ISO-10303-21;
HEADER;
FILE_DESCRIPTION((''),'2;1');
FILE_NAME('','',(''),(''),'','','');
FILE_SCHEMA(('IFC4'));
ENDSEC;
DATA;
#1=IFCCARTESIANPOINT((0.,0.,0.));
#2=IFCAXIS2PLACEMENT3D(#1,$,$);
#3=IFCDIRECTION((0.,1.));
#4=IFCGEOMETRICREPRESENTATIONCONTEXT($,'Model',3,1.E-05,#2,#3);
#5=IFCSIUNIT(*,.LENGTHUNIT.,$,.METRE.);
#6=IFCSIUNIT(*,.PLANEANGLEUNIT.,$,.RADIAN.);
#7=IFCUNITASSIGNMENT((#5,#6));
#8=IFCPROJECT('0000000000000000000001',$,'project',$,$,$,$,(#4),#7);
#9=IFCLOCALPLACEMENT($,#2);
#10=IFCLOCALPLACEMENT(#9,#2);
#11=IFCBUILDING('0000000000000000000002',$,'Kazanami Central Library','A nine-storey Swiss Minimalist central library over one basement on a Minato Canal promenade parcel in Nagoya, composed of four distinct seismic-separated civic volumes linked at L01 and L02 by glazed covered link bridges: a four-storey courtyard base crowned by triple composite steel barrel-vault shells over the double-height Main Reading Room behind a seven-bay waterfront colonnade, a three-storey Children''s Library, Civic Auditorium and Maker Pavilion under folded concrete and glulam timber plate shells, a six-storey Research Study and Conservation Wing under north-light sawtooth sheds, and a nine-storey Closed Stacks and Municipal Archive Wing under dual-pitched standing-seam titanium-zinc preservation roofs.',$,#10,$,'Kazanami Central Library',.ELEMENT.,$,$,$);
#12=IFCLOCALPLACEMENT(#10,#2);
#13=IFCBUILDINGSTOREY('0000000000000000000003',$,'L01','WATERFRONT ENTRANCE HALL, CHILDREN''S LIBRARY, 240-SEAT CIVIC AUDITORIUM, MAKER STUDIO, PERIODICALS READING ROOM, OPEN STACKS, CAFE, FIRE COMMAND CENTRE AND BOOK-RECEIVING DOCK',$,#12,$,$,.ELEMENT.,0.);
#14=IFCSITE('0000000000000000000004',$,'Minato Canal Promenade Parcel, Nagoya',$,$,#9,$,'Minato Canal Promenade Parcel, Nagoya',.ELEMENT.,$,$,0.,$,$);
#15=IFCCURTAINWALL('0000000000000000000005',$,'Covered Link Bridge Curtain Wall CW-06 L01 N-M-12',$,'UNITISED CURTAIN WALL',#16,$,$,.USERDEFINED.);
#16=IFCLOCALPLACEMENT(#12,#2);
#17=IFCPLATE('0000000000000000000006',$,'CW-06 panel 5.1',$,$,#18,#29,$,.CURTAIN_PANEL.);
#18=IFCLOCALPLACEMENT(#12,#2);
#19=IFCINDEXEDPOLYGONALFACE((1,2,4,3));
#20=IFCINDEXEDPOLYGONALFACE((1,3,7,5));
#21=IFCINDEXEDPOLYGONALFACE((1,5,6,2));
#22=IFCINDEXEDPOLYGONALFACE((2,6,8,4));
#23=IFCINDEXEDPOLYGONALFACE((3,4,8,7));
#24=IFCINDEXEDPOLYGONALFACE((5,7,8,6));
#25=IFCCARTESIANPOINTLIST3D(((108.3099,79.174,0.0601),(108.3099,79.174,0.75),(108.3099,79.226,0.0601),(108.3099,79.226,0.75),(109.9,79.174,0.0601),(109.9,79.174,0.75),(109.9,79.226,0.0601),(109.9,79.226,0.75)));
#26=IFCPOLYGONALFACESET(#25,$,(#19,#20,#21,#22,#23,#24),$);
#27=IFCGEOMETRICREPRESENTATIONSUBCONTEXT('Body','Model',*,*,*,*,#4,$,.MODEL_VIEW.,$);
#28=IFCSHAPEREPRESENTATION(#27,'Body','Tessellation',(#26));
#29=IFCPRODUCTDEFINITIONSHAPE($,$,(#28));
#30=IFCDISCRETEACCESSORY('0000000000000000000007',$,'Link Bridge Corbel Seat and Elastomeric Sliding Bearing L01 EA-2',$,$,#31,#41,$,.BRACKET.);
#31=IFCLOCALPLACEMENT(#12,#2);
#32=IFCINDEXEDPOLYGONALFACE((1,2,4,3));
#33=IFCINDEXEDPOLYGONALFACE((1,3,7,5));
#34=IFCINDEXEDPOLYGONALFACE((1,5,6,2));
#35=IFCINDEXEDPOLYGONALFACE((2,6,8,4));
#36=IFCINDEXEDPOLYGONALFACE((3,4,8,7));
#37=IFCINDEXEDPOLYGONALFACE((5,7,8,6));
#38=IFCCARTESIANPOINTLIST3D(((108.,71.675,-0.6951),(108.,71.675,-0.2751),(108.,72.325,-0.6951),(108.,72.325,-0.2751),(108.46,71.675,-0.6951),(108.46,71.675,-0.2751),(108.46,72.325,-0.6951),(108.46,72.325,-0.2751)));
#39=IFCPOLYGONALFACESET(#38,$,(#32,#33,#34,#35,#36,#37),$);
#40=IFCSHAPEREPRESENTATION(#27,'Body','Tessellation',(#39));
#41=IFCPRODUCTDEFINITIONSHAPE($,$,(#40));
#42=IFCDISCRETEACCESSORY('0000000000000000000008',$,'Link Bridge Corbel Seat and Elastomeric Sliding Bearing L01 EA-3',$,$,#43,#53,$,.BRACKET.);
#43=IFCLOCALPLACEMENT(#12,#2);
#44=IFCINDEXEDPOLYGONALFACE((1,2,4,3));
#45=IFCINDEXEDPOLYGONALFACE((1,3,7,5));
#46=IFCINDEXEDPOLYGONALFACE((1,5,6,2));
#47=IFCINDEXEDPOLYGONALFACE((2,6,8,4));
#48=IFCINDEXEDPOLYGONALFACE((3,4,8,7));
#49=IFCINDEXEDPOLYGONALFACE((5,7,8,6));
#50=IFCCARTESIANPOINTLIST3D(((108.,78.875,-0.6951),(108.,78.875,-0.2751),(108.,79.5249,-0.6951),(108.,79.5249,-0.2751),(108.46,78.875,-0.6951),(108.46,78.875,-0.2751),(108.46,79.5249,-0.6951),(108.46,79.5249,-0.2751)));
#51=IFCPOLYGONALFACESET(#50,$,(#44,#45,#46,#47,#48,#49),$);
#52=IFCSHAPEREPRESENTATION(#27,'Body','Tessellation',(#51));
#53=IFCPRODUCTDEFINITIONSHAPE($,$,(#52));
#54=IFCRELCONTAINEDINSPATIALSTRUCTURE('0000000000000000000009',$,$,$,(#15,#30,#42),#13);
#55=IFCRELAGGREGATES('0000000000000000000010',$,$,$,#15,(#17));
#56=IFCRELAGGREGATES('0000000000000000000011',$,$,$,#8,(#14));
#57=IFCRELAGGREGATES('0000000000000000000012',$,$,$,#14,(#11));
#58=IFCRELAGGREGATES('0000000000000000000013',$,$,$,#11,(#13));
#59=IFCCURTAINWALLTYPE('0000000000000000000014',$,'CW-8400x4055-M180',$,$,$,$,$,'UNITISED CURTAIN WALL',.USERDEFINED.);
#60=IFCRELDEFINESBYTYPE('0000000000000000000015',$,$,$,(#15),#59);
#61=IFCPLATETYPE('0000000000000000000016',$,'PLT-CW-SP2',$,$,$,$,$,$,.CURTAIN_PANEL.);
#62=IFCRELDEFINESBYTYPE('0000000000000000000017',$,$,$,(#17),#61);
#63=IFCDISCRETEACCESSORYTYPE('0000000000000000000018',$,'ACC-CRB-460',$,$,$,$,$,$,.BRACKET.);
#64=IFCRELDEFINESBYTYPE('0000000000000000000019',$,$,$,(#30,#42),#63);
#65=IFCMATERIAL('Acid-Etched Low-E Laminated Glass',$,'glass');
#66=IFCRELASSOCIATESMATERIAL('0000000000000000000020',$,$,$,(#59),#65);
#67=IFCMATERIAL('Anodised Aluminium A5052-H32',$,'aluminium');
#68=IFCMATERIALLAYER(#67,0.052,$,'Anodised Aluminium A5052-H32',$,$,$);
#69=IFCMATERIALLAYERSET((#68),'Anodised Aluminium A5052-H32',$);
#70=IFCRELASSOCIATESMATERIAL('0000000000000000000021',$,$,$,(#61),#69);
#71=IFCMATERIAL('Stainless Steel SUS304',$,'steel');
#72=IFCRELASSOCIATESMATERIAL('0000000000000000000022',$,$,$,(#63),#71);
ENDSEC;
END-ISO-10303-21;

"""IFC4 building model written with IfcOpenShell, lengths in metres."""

from ifc_helpers import new_model, si_unit, direction, frame, origin, origin_2d, place, context, subcontext, project, spatial, rectangle, extrude, material, layer, layer_set, type_object, element, aggregate, save


model = new_model("IFC4")

# Units and contexts
model_context = context("Model", 3, precision=1e-05, world=origin(), true_north=direction((0.0, 1.0)))
body_context = subcontext(model_context, "Body", "Model", "MODEL_VIEW")
ifc_project = project(units=[si_unit("LENGTHUNIT", "METRE"), si_unit("PLANEANGLEUNIT", "RADIAN")], contexts=[model_context])

# Site, building, storey
site_placement = place(None, origin())
site = spatial("IfcSite", under=ifc_project, at=site_placement, Name="Minato Canal Promenade Parcel, Nagoya", LongName="Minato Canal Promenade Parcel, Nagoya", CompositionType="ELEMENT", RefElevation=0.0)
building_placement = place(site_placement, origin())
building = spatial("IfcBuilding", under=site, at=building_placement, Name="Kazanami Central Library", Description="A nine-storey Swiss Minimalist central library over one basement on a Minato Canal promenade parcel in Nagoya, composed of four distinct seismic-separated civic volumes linked at L01 and L02 by glazed covered link bridges: a four-storey courtyard base crowned by triple composite steel barrel-vault shells over the double-height Main Reading Room behind a seven-bay waterfront colonnade, a three-storey Children's Library, Civic Auditorium and Maker Pavilion under folded concrete and glulam timber plate shells, a six-storey Research Study and Conservation Wing under north-light sawtooth sheds, and a nine-storey Closed Stacks and Municipal Archive Wing under dual-pitched standing-seam titanium-zinc preservation roofs.", LongName="Kazanami Central Library", CompositionType="ELEMENT")
storey_placement = place(building_placement, origin())
storey = spatial("IfcBuildingStorey", under=building, at=storey_placement, Name="L01", Description="WATERFRONT ENTRANCE HALL, CHILDREN'S LIBRARY, 240-SEAT CIVIC AUDITORIUM, MAKER STUDIO, PERIODICALS READING ROOM, OPEN STACKS, CAFE, FIRE COMMAND CENTRE AND BOOK-RECEIVING DOCK", CompositionType="ELEMENT", Elevation=0.0)

# Curtain wall, plate
ifc_material_1 = material(Name="Acid-Etched Low-E Laminated Glass", Category="glass")
curtain_wall_type = type_object("IfcCurtainWallType", Name="CW-8400x4055-M180", ElementType="UNITISED CURTAIN WALL", PredefinedType="USERDEFINED", material=ifc_material_1)
curtain_wall_placement = place(storey_placement, origin())
curtain_wall = element("IfcCurtainWall", 1, at=curtain_wall_placement, inside=storey, type_object=curtain_wall_type, Name="Covered Link Bridge Curtain Wall CW-06 L01 N-M-12", ObjectType="UNITISED CURTAIN WALL", PredefinedType="USERDEFINED")
ifc_material_2 = material(Name="Anodised Aluminium A5052-H32", Category="aluminium")
ifc_layer_1 = layer(ifc_material_2, 0.052, Name="Anodised Aluminium A5052-H32")
ifc_layer_set_1 = layer_set([ifc_layer_1], Name="Anodised Aluminium A5052-H32")
plate_type_1 = type_object("IfcPlateType", Name="PLT-CW-SP2", PredefinedType="CURTAIN_PANEL", material=ifc_layer_set_1)
plate_1_placement = place(storey_placement, frame((109.105, 79.2, 0.0601), z_axis=(0.0, 0.0, 1.0), x_axis=(-1.0, 0.0, 0.0)))
plate_1 = element("IfcPlate", 2, at=plate_1_placement, type_object=plate_type_1, Name="CW-06 panel 5.1", PredefinedType="CURTAIN_PANEL", context=body_context, shape_type="SweptSolid", body=[
    extrude(rectangle(XDim=1.5901, YDim=0.052, at=origin_2d()), origin(), (0.0, 0.0, 1.0), 0.6899),
])
aggregate(curtain_wall, [plate_1])

# Discrete accessories
ifc_material_3 = material(Name="Stainless Steel SUS304", Category="steel")
discrete_accessory_type = type_object("IfcDiscreteAccessoryType", Name="ACC-CRB-460", PredefinedType="BRACKET", material=ifc_material_3)
for number, where, z_axis, x_axis, name in (
    (3, (108.23, 72.0, -0.6951), (0.0, 0.0, 1.0), (1.0, 0.0, 0.0), "Link Bridge Corbel Seat and Elastomeric Sliding Bearing L01 EA-2"),
    (4, (108.23, 79.2, -0.6951), (0.0, 0.0, 1.0), (1.0, 0.0, 0.0), "Link Bridge Corbel Seat and Elastomeric Sliding Bearing L01 EA-3"),
):
    element("IfcDiscreteAccessory", number, at=place(storey_placement, frame(where, z_axis=z_axis, x_axis=x_axis)), inside=storey, type_object=discrete_accessory_type, Name=name, PredefinedType="BRACKET", context=body_context, shape_type="SweptSolid", body=[
        extrude(rectangle(XDim=0.46, YDim=0.6499, at=origin_2d()), origin(), (0.0, 0.0, 1.0), 0.4199),
    ])

save(model, "model.ifc")
